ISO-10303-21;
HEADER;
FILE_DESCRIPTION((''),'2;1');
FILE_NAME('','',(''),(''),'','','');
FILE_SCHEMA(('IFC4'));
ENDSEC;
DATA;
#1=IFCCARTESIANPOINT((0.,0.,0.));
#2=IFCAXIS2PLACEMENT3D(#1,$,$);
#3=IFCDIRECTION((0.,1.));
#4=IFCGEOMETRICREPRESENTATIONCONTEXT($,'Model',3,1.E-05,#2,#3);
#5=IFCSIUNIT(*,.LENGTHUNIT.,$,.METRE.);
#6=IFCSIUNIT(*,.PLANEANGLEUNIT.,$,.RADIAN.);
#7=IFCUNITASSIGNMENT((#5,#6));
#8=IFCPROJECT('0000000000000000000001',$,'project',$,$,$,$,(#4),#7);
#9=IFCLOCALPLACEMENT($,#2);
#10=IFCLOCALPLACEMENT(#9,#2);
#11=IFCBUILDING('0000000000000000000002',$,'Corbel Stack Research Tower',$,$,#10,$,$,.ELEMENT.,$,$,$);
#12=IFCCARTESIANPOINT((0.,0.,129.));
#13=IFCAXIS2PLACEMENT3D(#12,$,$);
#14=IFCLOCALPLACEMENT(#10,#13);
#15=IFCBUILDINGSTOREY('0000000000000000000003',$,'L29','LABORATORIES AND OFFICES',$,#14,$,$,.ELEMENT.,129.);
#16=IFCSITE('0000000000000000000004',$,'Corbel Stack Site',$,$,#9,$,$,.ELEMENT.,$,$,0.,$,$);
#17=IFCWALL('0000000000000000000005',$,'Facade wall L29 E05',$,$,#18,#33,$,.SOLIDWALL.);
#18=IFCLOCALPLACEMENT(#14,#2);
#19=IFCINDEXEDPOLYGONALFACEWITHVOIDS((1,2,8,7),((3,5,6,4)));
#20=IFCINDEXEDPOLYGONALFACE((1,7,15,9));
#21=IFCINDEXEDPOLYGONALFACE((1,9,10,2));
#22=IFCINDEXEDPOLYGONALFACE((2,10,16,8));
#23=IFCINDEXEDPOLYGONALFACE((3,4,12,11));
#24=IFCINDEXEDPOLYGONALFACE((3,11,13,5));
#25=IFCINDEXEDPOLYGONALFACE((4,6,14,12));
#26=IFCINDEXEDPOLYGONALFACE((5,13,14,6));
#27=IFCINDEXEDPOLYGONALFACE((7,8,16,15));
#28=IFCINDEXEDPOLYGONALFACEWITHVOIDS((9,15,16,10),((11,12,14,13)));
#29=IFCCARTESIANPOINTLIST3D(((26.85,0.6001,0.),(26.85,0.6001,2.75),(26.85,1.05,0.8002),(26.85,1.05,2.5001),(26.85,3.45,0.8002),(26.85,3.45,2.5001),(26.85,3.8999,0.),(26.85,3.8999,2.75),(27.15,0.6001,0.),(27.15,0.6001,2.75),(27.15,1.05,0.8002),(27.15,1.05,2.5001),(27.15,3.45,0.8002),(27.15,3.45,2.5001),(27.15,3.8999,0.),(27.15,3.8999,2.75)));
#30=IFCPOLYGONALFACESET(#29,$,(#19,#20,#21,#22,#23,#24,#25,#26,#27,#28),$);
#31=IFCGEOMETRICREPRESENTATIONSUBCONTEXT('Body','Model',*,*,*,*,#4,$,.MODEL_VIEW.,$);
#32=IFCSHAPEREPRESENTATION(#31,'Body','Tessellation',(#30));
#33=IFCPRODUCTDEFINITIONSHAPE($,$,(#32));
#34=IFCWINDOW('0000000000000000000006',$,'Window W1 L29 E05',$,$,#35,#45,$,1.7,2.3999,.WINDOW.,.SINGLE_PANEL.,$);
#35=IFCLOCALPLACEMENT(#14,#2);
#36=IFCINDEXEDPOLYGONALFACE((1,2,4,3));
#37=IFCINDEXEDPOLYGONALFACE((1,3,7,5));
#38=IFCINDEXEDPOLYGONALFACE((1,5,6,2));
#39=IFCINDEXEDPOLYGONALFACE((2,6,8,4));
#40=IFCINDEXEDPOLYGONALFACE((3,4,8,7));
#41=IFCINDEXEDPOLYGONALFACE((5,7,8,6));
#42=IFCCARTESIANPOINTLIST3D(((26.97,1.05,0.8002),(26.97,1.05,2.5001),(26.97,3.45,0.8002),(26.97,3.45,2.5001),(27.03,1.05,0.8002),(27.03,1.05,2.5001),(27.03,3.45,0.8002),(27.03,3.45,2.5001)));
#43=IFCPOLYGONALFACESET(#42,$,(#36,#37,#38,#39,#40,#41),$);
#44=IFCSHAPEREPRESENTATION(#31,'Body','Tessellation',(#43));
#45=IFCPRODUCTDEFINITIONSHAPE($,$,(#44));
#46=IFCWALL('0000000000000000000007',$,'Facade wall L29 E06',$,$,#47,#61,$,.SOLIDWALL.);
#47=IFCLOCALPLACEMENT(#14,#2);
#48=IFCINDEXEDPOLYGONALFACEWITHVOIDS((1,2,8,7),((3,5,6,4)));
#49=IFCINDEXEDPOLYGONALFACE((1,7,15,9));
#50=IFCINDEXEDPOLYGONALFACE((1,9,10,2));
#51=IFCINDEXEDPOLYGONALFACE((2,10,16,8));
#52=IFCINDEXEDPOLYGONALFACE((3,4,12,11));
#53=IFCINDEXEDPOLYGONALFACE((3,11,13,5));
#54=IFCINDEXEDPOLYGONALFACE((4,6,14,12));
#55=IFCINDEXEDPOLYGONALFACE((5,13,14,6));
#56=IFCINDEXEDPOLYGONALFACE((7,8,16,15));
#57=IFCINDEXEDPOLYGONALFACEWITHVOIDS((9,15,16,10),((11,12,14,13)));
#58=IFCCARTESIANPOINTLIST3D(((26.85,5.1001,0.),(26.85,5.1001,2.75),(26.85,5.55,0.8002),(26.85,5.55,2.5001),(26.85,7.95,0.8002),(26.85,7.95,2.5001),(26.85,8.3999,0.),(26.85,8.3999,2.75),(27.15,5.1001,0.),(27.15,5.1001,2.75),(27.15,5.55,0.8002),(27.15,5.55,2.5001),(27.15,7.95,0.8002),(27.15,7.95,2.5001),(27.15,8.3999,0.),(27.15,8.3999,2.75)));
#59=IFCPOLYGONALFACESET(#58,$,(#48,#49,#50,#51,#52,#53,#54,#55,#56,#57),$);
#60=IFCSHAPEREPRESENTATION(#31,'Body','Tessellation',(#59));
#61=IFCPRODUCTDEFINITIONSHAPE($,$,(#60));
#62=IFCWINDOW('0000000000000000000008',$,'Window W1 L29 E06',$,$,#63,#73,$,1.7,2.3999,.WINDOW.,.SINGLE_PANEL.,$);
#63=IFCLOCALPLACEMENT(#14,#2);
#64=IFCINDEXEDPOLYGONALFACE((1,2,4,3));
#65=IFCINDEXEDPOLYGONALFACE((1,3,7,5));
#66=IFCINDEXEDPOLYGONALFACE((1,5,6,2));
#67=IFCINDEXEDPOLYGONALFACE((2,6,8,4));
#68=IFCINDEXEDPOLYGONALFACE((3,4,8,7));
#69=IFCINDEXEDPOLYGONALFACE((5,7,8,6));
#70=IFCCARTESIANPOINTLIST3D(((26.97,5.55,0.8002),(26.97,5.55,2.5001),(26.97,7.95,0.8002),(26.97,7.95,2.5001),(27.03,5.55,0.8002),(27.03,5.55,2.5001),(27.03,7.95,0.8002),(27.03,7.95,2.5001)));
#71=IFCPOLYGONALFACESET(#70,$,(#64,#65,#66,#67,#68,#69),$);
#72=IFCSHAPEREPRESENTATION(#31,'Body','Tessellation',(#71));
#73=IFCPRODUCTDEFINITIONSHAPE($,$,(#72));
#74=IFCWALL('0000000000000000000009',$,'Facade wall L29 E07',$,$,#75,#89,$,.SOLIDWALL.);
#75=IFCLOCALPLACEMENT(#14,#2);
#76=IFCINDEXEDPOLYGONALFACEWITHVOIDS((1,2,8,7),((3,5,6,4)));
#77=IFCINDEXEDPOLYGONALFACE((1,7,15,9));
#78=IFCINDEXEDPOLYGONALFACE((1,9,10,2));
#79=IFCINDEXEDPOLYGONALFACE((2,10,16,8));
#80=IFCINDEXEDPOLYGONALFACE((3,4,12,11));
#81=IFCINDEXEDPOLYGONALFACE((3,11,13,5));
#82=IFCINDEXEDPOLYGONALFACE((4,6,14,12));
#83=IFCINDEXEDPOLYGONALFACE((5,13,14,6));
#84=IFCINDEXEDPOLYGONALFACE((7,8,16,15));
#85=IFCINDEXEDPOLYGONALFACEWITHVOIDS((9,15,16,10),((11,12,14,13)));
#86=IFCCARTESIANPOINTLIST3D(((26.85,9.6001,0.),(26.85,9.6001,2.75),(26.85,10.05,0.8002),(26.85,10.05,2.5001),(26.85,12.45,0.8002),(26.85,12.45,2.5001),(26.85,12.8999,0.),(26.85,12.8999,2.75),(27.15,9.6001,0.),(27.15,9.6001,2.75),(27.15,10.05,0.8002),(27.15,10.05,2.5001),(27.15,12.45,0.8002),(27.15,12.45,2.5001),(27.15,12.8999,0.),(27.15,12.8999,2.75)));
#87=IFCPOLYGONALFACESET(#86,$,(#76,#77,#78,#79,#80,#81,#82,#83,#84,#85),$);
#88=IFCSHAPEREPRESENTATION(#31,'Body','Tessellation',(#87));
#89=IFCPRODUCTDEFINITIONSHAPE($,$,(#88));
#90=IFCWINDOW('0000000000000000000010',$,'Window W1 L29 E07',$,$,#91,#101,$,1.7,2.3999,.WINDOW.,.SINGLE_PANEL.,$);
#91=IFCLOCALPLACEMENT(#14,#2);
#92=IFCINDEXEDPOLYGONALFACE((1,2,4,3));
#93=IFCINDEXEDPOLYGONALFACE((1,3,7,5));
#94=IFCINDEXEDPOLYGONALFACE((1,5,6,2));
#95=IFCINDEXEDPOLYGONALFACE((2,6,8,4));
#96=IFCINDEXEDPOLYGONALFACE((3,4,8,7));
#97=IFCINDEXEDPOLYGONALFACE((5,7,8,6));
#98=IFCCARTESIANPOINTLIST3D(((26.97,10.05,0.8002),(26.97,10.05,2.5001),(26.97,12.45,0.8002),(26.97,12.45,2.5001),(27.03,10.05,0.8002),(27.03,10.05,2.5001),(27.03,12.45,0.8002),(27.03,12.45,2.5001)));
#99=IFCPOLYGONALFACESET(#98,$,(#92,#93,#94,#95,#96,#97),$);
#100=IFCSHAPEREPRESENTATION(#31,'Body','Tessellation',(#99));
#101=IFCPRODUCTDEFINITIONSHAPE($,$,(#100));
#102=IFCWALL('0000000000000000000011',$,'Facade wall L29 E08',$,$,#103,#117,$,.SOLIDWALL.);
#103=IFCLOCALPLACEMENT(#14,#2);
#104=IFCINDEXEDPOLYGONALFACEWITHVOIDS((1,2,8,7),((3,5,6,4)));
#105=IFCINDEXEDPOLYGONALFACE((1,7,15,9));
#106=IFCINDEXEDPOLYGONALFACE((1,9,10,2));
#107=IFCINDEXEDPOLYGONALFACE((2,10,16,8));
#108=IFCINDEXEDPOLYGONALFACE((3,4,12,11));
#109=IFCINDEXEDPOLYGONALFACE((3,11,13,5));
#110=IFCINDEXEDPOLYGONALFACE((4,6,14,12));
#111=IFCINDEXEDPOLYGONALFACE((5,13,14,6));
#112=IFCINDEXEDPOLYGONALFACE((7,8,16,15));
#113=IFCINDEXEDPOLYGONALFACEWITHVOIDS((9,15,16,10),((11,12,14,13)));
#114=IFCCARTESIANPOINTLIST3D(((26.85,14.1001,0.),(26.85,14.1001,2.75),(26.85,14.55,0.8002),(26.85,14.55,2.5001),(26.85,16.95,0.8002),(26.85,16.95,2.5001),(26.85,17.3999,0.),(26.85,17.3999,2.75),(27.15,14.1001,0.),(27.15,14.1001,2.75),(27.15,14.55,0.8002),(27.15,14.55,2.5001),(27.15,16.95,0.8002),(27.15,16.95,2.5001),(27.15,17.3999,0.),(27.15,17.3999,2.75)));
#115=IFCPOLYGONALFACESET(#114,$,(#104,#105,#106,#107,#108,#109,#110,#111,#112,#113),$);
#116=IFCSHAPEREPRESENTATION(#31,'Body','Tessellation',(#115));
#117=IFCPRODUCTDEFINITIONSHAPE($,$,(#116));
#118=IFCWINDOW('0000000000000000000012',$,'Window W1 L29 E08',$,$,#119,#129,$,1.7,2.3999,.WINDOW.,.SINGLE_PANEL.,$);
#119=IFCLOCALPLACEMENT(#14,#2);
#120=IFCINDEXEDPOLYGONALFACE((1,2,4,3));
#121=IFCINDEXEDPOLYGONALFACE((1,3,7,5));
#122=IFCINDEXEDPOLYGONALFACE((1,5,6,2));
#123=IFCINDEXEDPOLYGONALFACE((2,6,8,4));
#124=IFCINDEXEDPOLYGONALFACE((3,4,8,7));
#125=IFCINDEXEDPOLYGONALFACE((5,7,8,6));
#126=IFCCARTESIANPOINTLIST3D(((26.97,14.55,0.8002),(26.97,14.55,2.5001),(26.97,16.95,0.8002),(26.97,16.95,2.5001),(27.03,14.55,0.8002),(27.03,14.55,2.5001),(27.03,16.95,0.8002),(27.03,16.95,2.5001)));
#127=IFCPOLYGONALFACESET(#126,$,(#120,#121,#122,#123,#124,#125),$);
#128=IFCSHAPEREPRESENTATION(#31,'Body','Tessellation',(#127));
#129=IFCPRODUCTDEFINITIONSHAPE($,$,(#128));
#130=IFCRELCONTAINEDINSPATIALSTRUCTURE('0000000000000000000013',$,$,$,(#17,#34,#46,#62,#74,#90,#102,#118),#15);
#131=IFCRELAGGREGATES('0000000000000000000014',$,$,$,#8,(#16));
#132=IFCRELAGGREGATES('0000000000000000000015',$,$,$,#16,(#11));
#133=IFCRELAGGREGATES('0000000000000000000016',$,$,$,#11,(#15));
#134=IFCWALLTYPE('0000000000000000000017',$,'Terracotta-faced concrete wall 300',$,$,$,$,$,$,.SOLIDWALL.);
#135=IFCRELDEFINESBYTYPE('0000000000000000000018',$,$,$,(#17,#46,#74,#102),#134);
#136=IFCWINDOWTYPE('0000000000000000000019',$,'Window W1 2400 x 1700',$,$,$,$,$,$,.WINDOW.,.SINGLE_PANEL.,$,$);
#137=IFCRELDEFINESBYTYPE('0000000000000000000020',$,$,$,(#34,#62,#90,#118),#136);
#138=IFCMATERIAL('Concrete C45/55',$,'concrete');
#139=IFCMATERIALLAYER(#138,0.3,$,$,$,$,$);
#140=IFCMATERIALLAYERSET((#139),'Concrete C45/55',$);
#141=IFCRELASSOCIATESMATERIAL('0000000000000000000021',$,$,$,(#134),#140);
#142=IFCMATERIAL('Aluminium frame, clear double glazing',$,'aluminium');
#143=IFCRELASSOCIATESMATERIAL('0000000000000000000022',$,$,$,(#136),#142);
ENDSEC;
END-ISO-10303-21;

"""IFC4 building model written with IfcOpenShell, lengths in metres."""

from ifc_helpers import new_model, si_unit, direction, frame, frame_2d, origin, place, context, subcontext, project, spatial, rectangle, extrude, material, layer, layer_set, type_object, element, fill, save


model = new_model("IFC4")

# Units and contexts
model_context = context("Model", 3, precision=1e-05, world=origin(), true_north=direction((0.0, 1.0)))
body_context = subcontext(model_context, "Body", "Model", "MODEL_VIEW")
ifc_project = project(units=[si_unit("LENGTHUNIT", "METRE"), si_unit("PLANEANGLEUNIT", "RADIAN")], contexts=[model_context])

# Site, building, storey
site_placement = place(None, origin())
site = spatial("IfcSite", under=ifc_project, at=site_placement, Name="Corbel Stack Site", CompositionType="ELEMENT", RefElevation=0.0)
building_placement = place(site_placement, origin())
building = spatial("IfcBuilding", under=site, at=building_placement, Name="Corbel Stack Research Tower", CompositionType="ELEMENT")
storey_placement = place(building_placement, frame((0.0, 0.0, 129.0)))
storey = spatial("IfcBuildingStorey", under=building, at=storey_placement, Name="L29", Description="LABORATORIES AND OFFICES", CompositionType="ELEMENT", Elevation=129.0)

# Walls, openings, windows
ifc_material_1 = material(Name="Concrete C45/55", Category="concrete")
ifc_layer_1 = layer(ifc_material_1, 0.3)
ifc_layer_set_1 = layer_set([ifc_layer_1], Name="Concrete C45/55")
wall_type_1 = type_object("IfcWallType", Name="Terracotta-faced concrete wall 300", PredefinedType="SOLIDWALL", material=ifc_layer_set_1)
wall_1_placement = place(storey_placement, frame((27.0, 3.8999, 0.0), z_axis=(0.0, 0.0, 1.0), x_axis=(0.0, -1.0, 0.0)))
wall_1 = element("IfcWall", 1, at=wall_1_placement, inside=storey, type_object=wall_type_1, Name="Facade wall L29 E05", PredefinedType="SOLIDWALL", context=body_context, shape_type="SweptSolid", body=[
    extrude(rectangle(XDim=3.2998, YDim=0.3, at=frame_2d((1.6499, 0.0))), origin(), (0.0, 0.0, 1.0), 2.75),
])
opening_1_placement = place(wall_1_placement, frame((0.45, 0.0, 0.8)))
opening_1 = element("IfcOpeningElement", 2, at=opening_1_placement, cuts=wall_1, PredefinedType="OPENING", context=body_context, shape_type="SweptSolid", body=[
    extrude(rectangle(XDim=2.3999, YDim=1.7, at=frame_2d((1.2, 0.8501))), frame((0.0, 0.1599, 0.0), z_axis=(0.0, -1.0, 0.0), x_axis=(1.0, 0.0, 0.0)), (0.0, 0.0, 1.0), 0.3201),
])
ifc_material_2 = material(Name="Aluminium frame, clear double glazing", Category="aluminium")
window_type = type_object("IfcWindowType", Name="Window W1 2400 x 1700", PartitioningType="SINGLE_PANEL", PredefinedType="WINDOW", material=ifc_material_2)
window_1_placement = place(opening_1_placement, origin())
window_1 = element("IfcWindow", 3, at=window_1_placement, inside=storey, type_object=window_type, Name="Window W1 L29 E05", OverallHeight=1.7, OverallWidth=2.3999, PartitioningType="SINGLE_PANEL", PredefinedType="WINDOW", context=body_context, shape_type="SweptSolid", body=[
    extrude(rectangle(XDim=2.3999, YDim=1.7, at=frame_2d((1.2, 0.8501))), frame((0.0, 0.03, 0.0), z_axis=(0.0, -1.0, 0.0), x_axis=(1.0, 0.0, 0.0)), (0.0, 0.0, 1.0), 0.0601),
])
fill(opening_1, window_1)
wall_2_placement = place(storey_placement, frame((27.0, 8.3999, 0.0), z_axis=(0.0, 0.0, 1.0), x_axis=(0.0, -1.0, 0.0)))
wall_2 = element("IfcWall", 4, at=wall_2_placement, inside=storey, type_object=wall_type_1, Name="Facade wall L29 E06", PredefinedType="SOLIDWALL", context=body_context, shape_type="SweptSolid", body=[
    extrude(rectangle(XDim=3.2998, YDim=0.3, at=frame_2d((1.6499, 0.0))), origin(), (0.0, 0.0, 1.0), 2.75),
])
opening_2_placement = place(wall_2_placement, frame((0.45, 0.0, 0.8)))
opening_2 = element("IfcOpeningElement", 5, at=opening_2_placement, cuts=wall_2, PredefinedType="OPENING", context=body_context, shape_type="SweptSolid", body=[
    extrude(rectangle(XDim=2.3999, YDim=1.7, at=frame_2d((1.2, 0.8501))), frame((0.0, 0.1599, 0.0), z_axis=(0.0, -1.0, 0.0), x_axis=(1.0, 0.0, 0.0)), (0.0, 0.0, 1.0), 0.3201),
])
window_2_placement = place(opening_2_placement, origin())
window_2 = element("IfcWindow", 6, at=window_2_placement, inside=storey, type_object=window_type, Name="Window W1 L29 E06", OverallHeight=1.7, OverallWidth=2.3999, PartitioningType="SINGLE_PANEL", PredefinedType="WINDOW", context=body_context, shape_type="SweptSolid", body=[
    extrude(rectangle(XDim=2.3999, YDim=1.7, at=frame_2d((1.2, 0.8501))), frame((0.0, 0.03, 0.0), z_axis=(0.0, -1.0, 0.0), x_axis=(1.0, 0.0, 0.0)), (0.0, 0.0, 1.0), 0.0601),
])
fill(opening_2, window_2)
wall_3_placement = place(storey_placement, frame((27.0, 12.8999, 0.0), z_axis=(0.0, 0.0, 1.0), x_axis=(0.0, -1.0, 0.0)))
wall_3 = element("IfcWall", 7, at=wall_3_placement, inside=storey, type_object=wall_type_1, Name="Facade wall L29 E07", PredefinedType="SOLIDWALL", context=body_context, shape_type="SweptSolid", body=[
    extrude(rectangle(XDim=3.2998, YDim=0.3, at=frame_2d((1.6499, 0.0))), origin(), (0.0, 0.0, 1.0), 2.75),
])
opening_3_placement = place(wall_3_placement, frame((0.45, 0.0, 0.8)))
opening_3 = element("IfcOpeningElement", 8, at=opening_3_placement, cuts=wall_3, PredefinedType="OPENING", context=body_context, shape_type="SweptSolid", body=[
    extrude(rectangle(XDim=2.3999, YDim=1.7, at=frame_2d((1.2, 0.8501))), frame((0.0, 0.1599, 0.0), z_axis=(0.0, -1.0, 0.0), x_axis=(1.0, 0.0, 0.0)), (0.0, 0.0, 1.0), 0.3201),
])
window_3_placement = place(opening_3_placement, origin())
window_3 = element("IfcWindow", 9, at=window_3_placement, inside=storey, type_object=window_type, Name="Window W1 L29 E07", OverallHeight=1.7, OverallWidth=2.3999, PartitioningType="SINGLE_PANEL", PredefinedType="WINDOW", context=body_context, shape_type="SweptSolid", body=[
    extrude(rectangle(XDim=2.3999, YDim=1.7, at=frame_2d((1.2, 0.8501))), frame((0.0, 0.03, 0.0), z_axis=(0.0, -1.0, 0.0), x_axis=(1.0, 0.0, 0.0)), (0.0, 0.0, 1.0), 0.0601),
])
fill(opening_3, window_3)
wall_4_placement = place(storey_placement, frame((27.0, 17.3999, 0.0), z_axis=(0.0, 0.0, 1.0), x_axis=(0.0, -1.0, 0.0)))
wall_4 = element("IfcWall", 10, at=wall_4_placement, inside=storey, type_object=wall_type_1, Name="Facade wall L29 E08", PredefinedType="SOLIDWALL", context=body_context, shape_type="SweptSolid", body=[
    extrude(rectangle(XDim=3.2998, YDim=0.3, at=frame_2d((1.6499, 0.0))), origin(), (0.0, 0.0, 1.0), 2.75),
])
opening_4_placement = place(wall_4_placement, frame((0.45, 0.0, 0.8)))
opening_4 = element("IfcOpeningElement", 11, at=opening_4_placement, cuts=wall_4, PredefinedType="OPENING", context=body_context, shape_type="SweptSolid", body=[
    extrude(rectangle(XDim=2.3999, YDim=1.7, at=frame_2d((1.2, 0.8501))), frame((0.0, 0.1599, 0.0), z_axis=(0.0, -1.0, 0.0), x_axis=(1.0, 0.0, 0.0)), (0.0, 0.0, 1.0), 0.3201),
])
window_4_placement = place(opening_4_placement, origin())
window_4 = element("IfcWindow", 12, at=window_4_placement, inside=storey, type_object=window_type, Name="Window W1 L29 E08", OverallHeight=1.7, OverallWidth=2.3999, PartitioningType="SINGLE_PANEL", PredefinedType="WINDOW", context=body_context, shape_type="SweptSolid", body=[
    extrude(rectangle(XDim=2.3999, YDim=1.7, at=frame_2d((1.2, 0.8501))), frame((0.0, 0.03, 0.0), z_axis=(0.0, -1.0, 0.0), x_axis=(1.0, 0.0, 0.0)), (0.0, 0.0, 1.0), 0.0601),
])
fill(opening_4, window_4)

save(model, "model.ifc")
